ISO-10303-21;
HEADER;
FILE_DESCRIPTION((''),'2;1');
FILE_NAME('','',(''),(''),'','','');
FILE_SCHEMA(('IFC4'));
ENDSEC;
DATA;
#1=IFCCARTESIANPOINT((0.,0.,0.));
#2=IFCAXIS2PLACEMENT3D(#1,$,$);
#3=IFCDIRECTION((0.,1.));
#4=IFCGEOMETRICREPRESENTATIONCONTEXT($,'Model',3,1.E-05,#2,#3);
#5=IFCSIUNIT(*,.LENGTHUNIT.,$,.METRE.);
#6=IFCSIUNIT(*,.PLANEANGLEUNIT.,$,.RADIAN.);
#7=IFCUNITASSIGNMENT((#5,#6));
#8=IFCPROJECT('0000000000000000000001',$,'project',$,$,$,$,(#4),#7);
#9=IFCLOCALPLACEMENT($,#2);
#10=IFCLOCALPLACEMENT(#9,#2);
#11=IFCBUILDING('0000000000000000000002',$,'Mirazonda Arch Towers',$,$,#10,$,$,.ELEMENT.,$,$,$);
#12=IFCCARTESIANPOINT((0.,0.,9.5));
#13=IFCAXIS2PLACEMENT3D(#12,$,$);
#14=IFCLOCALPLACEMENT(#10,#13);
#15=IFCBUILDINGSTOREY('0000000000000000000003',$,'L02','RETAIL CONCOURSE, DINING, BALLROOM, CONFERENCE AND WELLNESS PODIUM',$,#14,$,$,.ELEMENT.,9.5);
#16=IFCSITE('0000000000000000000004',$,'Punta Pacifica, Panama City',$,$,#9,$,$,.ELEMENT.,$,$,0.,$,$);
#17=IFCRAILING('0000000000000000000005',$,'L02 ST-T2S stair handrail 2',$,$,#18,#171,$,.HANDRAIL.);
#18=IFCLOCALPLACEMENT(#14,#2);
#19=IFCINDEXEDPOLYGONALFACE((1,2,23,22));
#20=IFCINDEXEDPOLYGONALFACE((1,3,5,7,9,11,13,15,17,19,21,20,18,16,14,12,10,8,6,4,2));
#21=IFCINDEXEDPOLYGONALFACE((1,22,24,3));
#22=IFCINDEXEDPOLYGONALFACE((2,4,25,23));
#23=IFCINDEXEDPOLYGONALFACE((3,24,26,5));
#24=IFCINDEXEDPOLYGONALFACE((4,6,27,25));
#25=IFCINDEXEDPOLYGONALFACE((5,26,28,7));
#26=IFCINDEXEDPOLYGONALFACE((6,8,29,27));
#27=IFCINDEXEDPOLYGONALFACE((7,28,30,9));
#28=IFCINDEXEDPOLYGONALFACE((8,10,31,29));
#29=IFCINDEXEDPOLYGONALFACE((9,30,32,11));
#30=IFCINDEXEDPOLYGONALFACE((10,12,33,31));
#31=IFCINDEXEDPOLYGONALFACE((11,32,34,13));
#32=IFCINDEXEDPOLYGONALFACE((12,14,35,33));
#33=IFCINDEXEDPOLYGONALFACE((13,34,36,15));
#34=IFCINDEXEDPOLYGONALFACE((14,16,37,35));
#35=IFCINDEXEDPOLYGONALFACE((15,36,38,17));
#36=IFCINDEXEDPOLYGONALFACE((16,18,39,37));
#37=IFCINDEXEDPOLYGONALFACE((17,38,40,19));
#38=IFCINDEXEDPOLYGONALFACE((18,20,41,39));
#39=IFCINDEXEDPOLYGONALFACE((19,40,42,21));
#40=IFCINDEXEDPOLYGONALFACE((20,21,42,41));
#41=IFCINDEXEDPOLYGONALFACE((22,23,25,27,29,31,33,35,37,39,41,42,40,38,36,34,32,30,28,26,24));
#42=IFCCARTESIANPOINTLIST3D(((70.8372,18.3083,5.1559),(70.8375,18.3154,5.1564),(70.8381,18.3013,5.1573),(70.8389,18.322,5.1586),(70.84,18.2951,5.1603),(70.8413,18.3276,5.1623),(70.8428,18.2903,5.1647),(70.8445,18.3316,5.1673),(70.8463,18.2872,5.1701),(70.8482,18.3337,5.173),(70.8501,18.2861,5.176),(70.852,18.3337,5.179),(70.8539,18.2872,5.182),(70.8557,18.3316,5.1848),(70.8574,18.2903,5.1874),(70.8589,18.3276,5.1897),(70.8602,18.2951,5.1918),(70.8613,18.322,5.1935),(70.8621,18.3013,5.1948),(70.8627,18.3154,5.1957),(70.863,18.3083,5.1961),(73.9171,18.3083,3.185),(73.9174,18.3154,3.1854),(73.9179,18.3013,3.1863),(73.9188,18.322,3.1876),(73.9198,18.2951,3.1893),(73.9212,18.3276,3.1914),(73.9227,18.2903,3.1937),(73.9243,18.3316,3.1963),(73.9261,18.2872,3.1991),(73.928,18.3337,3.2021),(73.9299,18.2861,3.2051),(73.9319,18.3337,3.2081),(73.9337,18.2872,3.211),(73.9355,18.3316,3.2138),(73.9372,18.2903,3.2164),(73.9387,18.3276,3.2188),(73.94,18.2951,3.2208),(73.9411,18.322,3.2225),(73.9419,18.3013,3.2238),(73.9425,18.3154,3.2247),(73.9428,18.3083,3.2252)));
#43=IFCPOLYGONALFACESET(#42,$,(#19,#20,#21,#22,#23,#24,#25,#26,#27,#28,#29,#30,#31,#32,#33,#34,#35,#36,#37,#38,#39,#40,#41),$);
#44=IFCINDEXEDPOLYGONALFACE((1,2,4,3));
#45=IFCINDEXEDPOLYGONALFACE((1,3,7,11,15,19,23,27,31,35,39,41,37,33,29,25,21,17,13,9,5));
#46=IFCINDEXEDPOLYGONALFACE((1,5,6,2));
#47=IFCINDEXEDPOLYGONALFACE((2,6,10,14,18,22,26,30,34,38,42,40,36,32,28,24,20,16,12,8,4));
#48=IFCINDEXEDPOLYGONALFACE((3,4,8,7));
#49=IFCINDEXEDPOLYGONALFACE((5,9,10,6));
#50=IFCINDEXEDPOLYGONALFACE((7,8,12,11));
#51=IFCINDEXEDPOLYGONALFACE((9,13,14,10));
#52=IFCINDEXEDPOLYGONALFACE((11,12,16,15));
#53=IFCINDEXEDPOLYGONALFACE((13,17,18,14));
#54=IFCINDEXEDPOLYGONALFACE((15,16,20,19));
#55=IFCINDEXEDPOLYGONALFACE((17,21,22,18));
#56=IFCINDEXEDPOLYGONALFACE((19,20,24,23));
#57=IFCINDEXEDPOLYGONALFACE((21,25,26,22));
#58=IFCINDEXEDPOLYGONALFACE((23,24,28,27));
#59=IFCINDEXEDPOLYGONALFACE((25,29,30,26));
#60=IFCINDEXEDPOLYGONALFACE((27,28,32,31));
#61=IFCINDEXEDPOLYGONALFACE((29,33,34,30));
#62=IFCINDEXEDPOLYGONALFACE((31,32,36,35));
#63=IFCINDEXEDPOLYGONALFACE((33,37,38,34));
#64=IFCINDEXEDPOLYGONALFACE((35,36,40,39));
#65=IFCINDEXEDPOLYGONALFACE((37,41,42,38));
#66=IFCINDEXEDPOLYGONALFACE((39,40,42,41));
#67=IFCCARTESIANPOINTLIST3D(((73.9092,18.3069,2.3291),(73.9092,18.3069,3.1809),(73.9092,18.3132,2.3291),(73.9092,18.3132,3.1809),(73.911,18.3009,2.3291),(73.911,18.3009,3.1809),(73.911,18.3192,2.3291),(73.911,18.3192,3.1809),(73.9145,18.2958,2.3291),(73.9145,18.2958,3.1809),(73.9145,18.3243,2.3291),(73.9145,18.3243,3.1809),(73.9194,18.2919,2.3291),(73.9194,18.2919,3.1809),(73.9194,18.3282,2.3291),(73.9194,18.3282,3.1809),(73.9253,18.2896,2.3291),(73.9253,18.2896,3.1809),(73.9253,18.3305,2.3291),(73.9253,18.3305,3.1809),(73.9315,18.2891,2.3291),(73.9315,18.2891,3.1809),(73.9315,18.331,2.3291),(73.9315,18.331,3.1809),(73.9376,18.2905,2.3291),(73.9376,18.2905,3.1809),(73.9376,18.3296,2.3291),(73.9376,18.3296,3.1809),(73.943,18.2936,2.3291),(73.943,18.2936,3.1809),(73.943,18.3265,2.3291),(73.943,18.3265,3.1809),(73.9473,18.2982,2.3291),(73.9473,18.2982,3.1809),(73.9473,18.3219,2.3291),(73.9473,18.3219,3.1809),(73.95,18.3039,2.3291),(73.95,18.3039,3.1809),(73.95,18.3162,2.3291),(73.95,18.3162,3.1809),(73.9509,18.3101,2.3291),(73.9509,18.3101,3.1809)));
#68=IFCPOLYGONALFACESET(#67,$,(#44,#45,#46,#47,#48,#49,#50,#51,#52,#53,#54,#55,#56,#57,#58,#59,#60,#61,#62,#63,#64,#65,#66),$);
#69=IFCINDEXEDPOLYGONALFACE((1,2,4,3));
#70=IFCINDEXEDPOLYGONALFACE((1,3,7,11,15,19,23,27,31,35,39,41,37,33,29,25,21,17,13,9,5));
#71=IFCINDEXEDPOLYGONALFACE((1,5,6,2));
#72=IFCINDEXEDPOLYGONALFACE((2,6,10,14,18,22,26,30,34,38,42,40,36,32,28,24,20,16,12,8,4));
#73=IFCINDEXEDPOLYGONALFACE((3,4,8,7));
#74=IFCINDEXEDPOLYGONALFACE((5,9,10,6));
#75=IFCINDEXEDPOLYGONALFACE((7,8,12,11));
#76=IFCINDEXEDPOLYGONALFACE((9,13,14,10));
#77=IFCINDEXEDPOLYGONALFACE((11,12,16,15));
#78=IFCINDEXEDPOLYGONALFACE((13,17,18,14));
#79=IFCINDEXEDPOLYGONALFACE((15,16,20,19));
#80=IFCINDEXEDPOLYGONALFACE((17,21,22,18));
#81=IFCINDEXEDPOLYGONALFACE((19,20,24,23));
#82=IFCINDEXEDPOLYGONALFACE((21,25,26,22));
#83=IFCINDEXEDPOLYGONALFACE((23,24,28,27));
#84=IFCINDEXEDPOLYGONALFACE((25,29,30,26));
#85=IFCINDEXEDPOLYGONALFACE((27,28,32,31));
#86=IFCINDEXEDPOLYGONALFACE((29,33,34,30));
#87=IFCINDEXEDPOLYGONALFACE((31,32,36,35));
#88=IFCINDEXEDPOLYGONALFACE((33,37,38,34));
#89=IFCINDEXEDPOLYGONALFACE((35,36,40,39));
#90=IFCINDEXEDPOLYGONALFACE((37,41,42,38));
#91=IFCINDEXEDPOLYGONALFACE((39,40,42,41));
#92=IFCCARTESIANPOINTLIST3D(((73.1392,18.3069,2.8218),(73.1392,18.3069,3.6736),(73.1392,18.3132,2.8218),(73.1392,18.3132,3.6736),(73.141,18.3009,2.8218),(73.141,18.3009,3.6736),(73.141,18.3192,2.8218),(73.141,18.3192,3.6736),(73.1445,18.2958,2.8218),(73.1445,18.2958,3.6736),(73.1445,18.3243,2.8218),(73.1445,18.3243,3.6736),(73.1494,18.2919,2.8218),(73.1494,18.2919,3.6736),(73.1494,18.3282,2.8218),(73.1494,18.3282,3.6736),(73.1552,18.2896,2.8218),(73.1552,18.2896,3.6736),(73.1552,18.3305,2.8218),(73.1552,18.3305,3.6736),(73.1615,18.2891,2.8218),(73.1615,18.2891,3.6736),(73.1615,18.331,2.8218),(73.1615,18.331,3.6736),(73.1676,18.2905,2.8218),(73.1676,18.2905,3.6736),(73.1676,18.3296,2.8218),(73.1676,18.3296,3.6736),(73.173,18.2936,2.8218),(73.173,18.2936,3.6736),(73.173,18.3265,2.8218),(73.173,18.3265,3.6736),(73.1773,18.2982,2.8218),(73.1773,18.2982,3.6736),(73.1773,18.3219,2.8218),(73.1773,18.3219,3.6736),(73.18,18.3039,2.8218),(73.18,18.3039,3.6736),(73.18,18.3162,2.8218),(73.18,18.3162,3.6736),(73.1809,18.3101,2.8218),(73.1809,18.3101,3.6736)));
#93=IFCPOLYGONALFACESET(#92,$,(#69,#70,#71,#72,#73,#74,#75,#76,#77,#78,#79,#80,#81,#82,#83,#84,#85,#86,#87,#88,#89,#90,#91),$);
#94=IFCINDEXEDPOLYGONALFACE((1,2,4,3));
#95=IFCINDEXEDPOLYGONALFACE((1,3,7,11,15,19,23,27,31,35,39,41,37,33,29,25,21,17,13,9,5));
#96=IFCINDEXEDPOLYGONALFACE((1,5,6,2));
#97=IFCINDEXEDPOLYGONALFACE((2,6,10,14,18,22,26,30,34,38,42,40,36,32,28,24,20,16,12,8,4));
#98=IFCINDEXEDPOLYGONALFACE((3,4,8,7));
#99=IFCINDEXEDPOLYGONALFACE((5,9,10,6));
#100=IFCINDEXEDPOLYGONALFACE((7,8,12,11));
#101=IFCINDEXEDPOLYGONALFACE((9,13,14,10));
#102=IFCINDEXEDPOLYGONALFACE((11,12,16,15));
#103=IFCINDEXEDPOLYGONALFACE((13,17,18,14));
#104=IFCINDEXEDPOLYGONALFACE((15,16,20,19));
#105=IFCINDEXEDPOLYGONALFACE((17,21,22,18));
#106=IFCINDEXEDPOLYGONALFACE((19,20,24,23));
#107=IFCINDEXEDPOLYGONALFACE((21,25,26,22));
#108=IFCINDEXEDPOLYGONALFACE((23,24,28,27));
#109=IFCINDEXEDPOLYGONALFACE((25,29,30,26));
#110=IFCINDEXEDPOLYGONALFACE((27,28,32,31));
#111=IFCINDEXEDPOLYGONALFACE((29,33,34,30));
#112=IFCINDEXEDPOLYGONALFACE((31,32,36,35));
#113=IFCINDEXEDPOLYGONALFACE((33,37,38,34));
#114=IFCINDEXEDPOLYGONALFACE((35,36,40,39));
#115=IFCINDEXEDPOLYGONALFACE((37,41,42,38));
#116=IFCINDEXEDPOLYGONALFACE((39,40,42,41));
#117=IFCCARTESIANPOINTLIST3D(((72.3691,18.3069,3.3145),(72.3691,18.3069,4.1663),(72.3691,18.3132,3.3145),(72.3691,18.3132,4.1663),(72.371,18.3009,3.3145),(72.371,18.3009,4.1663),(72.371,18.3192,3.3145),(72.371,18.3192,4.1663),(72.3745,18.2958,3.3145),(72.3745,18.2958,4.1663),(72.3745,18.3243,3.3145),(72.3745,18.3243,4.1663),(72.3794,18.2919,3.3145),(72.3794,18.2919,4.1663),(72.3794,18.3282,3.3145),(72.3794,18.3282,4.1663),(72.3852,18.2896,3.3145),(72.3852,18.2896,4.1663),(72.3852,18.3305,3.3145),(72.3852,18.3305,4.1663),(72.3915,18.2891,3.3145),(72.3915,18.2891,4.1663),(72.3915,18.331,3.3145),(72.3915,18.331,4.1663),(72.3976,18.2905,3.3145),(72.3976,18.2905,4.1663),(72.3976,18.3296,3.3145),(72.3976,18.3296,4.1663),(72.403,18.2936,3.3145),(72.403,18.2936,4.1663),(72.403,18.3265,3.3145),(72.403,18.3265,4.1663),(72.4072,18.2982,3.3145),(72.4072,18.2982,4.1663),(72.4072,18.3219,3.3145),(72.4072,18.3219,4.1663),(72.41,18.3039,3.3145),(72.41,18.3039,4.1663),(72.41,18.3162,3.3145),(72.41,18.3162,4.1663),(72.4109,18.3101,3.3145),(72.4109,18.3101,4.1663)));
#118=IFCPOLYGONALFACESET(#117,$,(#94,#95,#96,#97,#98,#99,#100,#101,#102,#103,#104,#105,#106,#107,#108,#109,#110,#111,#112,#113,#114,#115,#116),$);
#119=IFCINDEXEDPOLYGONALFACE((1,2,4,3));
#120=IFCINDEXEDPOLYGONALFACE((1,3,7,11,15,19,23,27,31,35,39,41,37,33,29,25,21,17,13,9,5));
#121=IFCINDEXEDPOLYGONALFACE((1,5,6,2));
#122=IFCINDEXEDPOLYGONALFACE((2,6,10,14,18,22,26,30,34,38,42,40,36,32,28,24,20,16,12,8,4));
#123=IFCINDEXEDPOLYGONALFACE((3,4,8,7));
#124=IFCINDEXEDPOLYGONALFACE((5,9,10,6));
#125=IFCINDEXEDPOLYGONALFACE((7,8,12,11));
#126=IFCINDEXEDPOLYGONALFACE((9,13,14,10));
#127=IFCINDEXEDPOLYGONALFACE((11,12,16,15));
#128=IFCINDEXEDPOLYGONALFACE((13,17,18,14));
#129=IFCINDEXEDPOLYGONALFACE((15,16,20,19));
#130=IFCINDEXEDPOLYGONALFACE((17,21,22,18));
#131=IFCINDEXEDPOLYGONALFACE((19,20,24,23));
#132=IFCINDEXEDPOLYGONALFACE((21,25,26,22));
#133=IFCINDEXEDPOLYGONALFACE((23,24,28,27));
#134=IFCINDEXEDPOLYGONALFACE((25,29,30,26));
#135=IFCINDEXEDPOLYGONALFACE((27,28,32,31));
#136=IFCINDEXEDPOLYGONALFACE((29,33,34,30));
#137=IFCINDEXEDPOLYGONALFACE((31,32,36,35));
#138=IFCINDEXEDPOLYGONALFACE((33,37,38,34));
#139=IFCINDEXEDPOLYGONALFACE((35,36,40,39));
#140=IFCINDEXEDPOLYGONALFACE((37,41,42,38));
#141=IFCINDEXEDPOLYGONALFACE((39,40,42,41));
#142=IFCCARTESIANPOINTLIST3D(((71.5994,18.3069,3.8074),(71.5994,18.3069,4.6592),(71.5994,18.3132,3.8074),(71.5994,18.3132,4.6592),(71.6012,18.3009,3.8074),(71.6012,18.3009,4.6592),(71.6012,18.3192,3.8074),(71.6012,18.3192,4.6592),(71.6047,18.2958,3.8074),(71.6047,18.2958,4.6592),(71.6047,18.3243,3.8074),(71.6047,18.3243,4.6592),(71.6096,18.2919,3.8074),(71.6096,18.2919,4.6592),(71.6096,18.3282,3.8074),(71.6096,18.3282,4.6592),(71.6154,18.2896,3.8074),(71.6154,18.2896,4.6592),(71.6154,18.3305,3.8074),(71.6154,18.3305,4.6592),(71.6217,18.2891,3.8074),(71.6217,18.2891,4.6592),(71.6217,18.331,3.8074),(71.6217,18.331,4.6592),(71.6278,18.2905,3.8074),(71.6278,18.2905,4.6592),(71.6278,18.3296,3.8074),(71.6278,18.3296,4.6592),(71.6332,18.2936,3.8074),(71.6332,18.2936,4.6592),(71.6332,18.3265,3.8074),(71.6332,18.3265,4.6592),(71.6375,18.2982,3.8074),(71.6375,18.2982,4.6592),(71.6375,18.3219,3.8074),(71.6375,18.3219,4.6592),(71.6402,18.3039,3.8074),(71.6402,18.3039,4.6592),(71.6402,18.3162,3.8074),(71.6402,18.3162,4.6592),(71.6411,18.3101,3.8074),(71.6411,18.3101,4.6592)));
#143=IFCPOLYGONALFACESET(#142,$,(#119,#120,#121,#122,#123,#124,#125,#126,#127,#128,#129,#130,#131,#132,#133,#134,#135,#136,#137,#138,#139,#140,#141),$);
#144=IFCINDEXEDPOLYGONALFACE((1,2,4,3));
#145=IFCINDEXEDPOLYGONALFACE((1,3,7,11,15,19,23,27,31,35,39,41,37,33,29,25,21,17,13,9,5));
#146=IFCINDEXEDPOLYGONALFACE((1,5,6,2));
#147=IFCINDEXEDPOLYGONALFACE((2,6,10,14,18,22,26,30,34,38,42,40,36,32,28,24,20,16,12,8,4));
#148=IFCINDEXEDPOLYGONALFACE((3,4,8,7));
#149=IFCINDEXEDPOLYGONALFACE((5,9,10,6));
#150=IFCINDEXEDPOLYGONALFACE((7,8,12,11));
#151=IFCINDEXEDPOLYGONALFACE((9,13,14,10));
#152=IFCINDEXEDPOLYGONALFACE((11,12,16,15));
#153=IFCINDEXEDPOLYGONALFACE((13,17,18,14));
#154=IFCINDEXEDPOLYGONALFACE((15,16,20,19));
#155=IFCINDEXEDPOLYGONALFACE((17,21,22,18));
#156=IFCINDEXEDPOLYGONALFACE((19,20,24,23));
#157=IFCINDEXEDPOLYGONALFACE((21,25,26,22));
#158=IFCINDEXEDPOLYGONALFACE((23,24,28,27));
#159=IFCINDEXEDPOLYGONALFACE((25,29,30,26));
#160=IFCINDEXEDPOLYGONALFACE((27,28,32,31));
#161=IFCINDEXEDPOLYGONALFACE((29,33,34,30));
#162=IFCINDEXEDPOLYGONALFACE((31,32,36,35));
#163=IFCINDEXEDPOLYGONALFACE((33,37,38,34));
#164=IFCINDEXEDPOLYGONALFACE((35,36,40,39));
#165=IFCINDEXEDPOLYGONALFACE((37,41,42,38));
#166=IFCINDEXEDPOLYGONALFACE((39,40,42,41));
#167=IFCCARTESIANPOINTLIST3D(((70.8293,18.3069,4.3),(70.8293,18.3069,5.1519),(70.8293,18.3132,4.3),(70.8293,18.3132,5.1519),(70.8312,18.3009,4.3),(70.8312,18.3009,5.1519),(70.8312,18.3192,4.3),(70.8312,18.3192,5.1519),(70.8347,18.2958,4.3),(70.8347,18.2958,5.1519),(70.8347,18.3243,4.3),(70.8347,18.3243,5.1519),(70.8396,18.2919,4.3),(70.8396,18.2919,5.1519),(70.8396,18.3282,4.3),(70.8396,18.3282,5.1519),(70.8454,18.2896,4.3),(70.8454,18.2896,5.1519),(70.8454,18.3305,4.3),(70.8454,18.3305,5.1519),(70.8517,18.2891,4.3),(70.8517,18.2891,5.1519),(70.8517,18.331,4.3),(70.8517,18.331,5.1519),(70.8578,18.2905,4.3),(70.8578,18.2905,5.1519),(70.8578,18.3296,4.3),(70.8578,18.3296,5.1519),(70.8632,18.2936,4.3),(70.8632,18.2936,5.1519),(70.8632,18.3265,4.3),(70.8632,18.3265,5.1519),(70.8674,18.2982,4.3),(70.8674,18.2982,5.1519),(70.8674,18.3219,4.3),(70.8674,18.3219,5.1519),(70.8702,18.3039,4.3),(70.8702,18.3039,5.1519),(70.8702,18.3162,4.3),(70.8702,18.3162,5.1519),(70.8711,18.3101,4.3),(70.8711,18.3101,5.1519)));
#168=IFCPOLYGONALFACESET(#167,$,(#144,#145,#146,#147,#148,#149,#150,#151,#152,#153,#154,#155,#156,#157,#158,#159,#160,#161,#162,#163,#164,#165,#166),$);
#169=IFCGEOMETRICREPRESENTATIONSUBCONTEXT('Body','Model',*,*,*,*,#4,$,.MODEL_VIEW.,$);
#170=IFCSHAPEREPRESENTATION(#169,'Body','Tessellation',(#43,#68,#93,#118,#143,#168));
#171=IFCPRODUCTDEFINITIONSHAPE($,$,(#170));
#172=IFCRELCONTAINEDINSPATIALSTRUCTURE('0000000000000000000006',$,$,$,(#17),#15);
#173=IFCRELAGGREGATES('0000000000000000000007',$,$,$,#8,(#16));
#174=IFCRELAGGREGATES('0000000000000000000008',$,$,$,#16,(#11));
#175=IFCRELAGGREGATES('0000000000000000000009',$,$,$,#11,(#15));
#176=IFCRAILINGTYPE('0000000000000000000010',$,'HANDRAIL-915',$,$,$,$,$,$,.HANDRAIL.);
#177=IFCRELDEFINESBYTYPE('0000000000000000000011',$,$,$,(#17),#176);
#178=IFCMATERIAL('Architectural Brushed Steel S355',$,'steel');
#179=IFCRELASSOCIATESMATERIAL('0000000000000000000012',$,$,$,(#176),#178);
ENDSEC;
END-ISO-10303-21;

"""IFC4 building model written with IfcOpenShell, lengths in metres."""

from ifc_helpers import new_model, si_unit, direction, frame, origin, origin_2d, place, context, subcontext, project, spatial, circle, extrude, material, type_object, element, save


model = new_model("IFC4")

# Units and contexts
model_context = context("Model", 3, precision=1e-05, world=origin(), true_north=direction((0.0, 1.0)))
body_context = subcontext(model_context, "Body", "Model", "MODEL_VIEW")
ifc_project = project(units=[si_unit("LENGTHUNIT", "METRE"), si_unit("PLANEANGLEUNIT", "RADIAN")], contexts=[model_context])

# Site, building, storey
site_placement = place(None, origin())
site = spatial("IfcSite", under=ifc_project, at=site_placement, Name="Punta Pacifica, Panama City", CompositionType="ELEMENT", RefElevation=0.0)
building_placement = place(site_placement, origin())
building = spatial("IfcBuilding", under=site, at=building_placement, Name="Mirazonda Arch Towers", CompositionType="ELEMENT")
storey_placement = place(building_placement, frame((0.0, 0.0, 9.5)))
storey = spatial("IfcBuildingStorey", under=building, at=storey_placement, Name="L02", Description="RETAIL CONCOURSE, DINING, BALLROOM, CONFERENCE AND WELLNESS PODIUM", CompositionType="ELEMENT", Elevation=9.5)

# Railing
ifc_material_1 = material(Name="Architectural Brushed Steel S355", Category="steel")
railing_type_1 = type_object("IfcRailingType", Name="HANDRAIL-915", PredefinedType="HANDRAIL", material=ifc_material_1)
railing_1_placement = place(storey_placement, frame((73.9299, 18.3101, 2.3291)))
element("IfcRailing", 1, at=railing_1_placement, inside=storey, type_object=railing_type_1, Name="L02 ST-T2S stair handrail 2", PredefinedType="HANDRAIL", context=body_context, shape_type="SweptSolid", body=[
    extrude(circle(Radius=0.0239, at=origin_2d()), frame((0.0, 0.0, 0.876), z_axis=(-0.84229, 0.0, 0.539025), x_axis=(0.0, -1.0, 0.0)), (0.0, 0.0, 1.0), 3.6565),
    extrude(circle(Radius=0.021, at=origin_2d()), origin(), (0.0, 0.0, 1.0), 0.8518),
    extrude(circle(Radius=0.021, at=origin_2d()), frame((-0.77, 0.0, 0.4927)), (0.0, 0.0, 1.0), 0.8518),
    extrude(circle(Radius=0.021, at=origin_2d()), frame((-1.54, 0.0, 0.9854)), (0.0, 0.0, 1.0), 0.8518),
    extrude(circle(Radius=0.021, at=origin_2d()), frame((-2.3098, 0.0, 1.4783)), (0.0, 0.0, 1.0), 0.8518),
    extrude(circle(Radius=0.021, at=origin_2d()), frame((-3.0798, 0.0, 1.9709)), (0.0, 0.0, 1.0), 0.8518),
])

save(model, "model.ifc")
